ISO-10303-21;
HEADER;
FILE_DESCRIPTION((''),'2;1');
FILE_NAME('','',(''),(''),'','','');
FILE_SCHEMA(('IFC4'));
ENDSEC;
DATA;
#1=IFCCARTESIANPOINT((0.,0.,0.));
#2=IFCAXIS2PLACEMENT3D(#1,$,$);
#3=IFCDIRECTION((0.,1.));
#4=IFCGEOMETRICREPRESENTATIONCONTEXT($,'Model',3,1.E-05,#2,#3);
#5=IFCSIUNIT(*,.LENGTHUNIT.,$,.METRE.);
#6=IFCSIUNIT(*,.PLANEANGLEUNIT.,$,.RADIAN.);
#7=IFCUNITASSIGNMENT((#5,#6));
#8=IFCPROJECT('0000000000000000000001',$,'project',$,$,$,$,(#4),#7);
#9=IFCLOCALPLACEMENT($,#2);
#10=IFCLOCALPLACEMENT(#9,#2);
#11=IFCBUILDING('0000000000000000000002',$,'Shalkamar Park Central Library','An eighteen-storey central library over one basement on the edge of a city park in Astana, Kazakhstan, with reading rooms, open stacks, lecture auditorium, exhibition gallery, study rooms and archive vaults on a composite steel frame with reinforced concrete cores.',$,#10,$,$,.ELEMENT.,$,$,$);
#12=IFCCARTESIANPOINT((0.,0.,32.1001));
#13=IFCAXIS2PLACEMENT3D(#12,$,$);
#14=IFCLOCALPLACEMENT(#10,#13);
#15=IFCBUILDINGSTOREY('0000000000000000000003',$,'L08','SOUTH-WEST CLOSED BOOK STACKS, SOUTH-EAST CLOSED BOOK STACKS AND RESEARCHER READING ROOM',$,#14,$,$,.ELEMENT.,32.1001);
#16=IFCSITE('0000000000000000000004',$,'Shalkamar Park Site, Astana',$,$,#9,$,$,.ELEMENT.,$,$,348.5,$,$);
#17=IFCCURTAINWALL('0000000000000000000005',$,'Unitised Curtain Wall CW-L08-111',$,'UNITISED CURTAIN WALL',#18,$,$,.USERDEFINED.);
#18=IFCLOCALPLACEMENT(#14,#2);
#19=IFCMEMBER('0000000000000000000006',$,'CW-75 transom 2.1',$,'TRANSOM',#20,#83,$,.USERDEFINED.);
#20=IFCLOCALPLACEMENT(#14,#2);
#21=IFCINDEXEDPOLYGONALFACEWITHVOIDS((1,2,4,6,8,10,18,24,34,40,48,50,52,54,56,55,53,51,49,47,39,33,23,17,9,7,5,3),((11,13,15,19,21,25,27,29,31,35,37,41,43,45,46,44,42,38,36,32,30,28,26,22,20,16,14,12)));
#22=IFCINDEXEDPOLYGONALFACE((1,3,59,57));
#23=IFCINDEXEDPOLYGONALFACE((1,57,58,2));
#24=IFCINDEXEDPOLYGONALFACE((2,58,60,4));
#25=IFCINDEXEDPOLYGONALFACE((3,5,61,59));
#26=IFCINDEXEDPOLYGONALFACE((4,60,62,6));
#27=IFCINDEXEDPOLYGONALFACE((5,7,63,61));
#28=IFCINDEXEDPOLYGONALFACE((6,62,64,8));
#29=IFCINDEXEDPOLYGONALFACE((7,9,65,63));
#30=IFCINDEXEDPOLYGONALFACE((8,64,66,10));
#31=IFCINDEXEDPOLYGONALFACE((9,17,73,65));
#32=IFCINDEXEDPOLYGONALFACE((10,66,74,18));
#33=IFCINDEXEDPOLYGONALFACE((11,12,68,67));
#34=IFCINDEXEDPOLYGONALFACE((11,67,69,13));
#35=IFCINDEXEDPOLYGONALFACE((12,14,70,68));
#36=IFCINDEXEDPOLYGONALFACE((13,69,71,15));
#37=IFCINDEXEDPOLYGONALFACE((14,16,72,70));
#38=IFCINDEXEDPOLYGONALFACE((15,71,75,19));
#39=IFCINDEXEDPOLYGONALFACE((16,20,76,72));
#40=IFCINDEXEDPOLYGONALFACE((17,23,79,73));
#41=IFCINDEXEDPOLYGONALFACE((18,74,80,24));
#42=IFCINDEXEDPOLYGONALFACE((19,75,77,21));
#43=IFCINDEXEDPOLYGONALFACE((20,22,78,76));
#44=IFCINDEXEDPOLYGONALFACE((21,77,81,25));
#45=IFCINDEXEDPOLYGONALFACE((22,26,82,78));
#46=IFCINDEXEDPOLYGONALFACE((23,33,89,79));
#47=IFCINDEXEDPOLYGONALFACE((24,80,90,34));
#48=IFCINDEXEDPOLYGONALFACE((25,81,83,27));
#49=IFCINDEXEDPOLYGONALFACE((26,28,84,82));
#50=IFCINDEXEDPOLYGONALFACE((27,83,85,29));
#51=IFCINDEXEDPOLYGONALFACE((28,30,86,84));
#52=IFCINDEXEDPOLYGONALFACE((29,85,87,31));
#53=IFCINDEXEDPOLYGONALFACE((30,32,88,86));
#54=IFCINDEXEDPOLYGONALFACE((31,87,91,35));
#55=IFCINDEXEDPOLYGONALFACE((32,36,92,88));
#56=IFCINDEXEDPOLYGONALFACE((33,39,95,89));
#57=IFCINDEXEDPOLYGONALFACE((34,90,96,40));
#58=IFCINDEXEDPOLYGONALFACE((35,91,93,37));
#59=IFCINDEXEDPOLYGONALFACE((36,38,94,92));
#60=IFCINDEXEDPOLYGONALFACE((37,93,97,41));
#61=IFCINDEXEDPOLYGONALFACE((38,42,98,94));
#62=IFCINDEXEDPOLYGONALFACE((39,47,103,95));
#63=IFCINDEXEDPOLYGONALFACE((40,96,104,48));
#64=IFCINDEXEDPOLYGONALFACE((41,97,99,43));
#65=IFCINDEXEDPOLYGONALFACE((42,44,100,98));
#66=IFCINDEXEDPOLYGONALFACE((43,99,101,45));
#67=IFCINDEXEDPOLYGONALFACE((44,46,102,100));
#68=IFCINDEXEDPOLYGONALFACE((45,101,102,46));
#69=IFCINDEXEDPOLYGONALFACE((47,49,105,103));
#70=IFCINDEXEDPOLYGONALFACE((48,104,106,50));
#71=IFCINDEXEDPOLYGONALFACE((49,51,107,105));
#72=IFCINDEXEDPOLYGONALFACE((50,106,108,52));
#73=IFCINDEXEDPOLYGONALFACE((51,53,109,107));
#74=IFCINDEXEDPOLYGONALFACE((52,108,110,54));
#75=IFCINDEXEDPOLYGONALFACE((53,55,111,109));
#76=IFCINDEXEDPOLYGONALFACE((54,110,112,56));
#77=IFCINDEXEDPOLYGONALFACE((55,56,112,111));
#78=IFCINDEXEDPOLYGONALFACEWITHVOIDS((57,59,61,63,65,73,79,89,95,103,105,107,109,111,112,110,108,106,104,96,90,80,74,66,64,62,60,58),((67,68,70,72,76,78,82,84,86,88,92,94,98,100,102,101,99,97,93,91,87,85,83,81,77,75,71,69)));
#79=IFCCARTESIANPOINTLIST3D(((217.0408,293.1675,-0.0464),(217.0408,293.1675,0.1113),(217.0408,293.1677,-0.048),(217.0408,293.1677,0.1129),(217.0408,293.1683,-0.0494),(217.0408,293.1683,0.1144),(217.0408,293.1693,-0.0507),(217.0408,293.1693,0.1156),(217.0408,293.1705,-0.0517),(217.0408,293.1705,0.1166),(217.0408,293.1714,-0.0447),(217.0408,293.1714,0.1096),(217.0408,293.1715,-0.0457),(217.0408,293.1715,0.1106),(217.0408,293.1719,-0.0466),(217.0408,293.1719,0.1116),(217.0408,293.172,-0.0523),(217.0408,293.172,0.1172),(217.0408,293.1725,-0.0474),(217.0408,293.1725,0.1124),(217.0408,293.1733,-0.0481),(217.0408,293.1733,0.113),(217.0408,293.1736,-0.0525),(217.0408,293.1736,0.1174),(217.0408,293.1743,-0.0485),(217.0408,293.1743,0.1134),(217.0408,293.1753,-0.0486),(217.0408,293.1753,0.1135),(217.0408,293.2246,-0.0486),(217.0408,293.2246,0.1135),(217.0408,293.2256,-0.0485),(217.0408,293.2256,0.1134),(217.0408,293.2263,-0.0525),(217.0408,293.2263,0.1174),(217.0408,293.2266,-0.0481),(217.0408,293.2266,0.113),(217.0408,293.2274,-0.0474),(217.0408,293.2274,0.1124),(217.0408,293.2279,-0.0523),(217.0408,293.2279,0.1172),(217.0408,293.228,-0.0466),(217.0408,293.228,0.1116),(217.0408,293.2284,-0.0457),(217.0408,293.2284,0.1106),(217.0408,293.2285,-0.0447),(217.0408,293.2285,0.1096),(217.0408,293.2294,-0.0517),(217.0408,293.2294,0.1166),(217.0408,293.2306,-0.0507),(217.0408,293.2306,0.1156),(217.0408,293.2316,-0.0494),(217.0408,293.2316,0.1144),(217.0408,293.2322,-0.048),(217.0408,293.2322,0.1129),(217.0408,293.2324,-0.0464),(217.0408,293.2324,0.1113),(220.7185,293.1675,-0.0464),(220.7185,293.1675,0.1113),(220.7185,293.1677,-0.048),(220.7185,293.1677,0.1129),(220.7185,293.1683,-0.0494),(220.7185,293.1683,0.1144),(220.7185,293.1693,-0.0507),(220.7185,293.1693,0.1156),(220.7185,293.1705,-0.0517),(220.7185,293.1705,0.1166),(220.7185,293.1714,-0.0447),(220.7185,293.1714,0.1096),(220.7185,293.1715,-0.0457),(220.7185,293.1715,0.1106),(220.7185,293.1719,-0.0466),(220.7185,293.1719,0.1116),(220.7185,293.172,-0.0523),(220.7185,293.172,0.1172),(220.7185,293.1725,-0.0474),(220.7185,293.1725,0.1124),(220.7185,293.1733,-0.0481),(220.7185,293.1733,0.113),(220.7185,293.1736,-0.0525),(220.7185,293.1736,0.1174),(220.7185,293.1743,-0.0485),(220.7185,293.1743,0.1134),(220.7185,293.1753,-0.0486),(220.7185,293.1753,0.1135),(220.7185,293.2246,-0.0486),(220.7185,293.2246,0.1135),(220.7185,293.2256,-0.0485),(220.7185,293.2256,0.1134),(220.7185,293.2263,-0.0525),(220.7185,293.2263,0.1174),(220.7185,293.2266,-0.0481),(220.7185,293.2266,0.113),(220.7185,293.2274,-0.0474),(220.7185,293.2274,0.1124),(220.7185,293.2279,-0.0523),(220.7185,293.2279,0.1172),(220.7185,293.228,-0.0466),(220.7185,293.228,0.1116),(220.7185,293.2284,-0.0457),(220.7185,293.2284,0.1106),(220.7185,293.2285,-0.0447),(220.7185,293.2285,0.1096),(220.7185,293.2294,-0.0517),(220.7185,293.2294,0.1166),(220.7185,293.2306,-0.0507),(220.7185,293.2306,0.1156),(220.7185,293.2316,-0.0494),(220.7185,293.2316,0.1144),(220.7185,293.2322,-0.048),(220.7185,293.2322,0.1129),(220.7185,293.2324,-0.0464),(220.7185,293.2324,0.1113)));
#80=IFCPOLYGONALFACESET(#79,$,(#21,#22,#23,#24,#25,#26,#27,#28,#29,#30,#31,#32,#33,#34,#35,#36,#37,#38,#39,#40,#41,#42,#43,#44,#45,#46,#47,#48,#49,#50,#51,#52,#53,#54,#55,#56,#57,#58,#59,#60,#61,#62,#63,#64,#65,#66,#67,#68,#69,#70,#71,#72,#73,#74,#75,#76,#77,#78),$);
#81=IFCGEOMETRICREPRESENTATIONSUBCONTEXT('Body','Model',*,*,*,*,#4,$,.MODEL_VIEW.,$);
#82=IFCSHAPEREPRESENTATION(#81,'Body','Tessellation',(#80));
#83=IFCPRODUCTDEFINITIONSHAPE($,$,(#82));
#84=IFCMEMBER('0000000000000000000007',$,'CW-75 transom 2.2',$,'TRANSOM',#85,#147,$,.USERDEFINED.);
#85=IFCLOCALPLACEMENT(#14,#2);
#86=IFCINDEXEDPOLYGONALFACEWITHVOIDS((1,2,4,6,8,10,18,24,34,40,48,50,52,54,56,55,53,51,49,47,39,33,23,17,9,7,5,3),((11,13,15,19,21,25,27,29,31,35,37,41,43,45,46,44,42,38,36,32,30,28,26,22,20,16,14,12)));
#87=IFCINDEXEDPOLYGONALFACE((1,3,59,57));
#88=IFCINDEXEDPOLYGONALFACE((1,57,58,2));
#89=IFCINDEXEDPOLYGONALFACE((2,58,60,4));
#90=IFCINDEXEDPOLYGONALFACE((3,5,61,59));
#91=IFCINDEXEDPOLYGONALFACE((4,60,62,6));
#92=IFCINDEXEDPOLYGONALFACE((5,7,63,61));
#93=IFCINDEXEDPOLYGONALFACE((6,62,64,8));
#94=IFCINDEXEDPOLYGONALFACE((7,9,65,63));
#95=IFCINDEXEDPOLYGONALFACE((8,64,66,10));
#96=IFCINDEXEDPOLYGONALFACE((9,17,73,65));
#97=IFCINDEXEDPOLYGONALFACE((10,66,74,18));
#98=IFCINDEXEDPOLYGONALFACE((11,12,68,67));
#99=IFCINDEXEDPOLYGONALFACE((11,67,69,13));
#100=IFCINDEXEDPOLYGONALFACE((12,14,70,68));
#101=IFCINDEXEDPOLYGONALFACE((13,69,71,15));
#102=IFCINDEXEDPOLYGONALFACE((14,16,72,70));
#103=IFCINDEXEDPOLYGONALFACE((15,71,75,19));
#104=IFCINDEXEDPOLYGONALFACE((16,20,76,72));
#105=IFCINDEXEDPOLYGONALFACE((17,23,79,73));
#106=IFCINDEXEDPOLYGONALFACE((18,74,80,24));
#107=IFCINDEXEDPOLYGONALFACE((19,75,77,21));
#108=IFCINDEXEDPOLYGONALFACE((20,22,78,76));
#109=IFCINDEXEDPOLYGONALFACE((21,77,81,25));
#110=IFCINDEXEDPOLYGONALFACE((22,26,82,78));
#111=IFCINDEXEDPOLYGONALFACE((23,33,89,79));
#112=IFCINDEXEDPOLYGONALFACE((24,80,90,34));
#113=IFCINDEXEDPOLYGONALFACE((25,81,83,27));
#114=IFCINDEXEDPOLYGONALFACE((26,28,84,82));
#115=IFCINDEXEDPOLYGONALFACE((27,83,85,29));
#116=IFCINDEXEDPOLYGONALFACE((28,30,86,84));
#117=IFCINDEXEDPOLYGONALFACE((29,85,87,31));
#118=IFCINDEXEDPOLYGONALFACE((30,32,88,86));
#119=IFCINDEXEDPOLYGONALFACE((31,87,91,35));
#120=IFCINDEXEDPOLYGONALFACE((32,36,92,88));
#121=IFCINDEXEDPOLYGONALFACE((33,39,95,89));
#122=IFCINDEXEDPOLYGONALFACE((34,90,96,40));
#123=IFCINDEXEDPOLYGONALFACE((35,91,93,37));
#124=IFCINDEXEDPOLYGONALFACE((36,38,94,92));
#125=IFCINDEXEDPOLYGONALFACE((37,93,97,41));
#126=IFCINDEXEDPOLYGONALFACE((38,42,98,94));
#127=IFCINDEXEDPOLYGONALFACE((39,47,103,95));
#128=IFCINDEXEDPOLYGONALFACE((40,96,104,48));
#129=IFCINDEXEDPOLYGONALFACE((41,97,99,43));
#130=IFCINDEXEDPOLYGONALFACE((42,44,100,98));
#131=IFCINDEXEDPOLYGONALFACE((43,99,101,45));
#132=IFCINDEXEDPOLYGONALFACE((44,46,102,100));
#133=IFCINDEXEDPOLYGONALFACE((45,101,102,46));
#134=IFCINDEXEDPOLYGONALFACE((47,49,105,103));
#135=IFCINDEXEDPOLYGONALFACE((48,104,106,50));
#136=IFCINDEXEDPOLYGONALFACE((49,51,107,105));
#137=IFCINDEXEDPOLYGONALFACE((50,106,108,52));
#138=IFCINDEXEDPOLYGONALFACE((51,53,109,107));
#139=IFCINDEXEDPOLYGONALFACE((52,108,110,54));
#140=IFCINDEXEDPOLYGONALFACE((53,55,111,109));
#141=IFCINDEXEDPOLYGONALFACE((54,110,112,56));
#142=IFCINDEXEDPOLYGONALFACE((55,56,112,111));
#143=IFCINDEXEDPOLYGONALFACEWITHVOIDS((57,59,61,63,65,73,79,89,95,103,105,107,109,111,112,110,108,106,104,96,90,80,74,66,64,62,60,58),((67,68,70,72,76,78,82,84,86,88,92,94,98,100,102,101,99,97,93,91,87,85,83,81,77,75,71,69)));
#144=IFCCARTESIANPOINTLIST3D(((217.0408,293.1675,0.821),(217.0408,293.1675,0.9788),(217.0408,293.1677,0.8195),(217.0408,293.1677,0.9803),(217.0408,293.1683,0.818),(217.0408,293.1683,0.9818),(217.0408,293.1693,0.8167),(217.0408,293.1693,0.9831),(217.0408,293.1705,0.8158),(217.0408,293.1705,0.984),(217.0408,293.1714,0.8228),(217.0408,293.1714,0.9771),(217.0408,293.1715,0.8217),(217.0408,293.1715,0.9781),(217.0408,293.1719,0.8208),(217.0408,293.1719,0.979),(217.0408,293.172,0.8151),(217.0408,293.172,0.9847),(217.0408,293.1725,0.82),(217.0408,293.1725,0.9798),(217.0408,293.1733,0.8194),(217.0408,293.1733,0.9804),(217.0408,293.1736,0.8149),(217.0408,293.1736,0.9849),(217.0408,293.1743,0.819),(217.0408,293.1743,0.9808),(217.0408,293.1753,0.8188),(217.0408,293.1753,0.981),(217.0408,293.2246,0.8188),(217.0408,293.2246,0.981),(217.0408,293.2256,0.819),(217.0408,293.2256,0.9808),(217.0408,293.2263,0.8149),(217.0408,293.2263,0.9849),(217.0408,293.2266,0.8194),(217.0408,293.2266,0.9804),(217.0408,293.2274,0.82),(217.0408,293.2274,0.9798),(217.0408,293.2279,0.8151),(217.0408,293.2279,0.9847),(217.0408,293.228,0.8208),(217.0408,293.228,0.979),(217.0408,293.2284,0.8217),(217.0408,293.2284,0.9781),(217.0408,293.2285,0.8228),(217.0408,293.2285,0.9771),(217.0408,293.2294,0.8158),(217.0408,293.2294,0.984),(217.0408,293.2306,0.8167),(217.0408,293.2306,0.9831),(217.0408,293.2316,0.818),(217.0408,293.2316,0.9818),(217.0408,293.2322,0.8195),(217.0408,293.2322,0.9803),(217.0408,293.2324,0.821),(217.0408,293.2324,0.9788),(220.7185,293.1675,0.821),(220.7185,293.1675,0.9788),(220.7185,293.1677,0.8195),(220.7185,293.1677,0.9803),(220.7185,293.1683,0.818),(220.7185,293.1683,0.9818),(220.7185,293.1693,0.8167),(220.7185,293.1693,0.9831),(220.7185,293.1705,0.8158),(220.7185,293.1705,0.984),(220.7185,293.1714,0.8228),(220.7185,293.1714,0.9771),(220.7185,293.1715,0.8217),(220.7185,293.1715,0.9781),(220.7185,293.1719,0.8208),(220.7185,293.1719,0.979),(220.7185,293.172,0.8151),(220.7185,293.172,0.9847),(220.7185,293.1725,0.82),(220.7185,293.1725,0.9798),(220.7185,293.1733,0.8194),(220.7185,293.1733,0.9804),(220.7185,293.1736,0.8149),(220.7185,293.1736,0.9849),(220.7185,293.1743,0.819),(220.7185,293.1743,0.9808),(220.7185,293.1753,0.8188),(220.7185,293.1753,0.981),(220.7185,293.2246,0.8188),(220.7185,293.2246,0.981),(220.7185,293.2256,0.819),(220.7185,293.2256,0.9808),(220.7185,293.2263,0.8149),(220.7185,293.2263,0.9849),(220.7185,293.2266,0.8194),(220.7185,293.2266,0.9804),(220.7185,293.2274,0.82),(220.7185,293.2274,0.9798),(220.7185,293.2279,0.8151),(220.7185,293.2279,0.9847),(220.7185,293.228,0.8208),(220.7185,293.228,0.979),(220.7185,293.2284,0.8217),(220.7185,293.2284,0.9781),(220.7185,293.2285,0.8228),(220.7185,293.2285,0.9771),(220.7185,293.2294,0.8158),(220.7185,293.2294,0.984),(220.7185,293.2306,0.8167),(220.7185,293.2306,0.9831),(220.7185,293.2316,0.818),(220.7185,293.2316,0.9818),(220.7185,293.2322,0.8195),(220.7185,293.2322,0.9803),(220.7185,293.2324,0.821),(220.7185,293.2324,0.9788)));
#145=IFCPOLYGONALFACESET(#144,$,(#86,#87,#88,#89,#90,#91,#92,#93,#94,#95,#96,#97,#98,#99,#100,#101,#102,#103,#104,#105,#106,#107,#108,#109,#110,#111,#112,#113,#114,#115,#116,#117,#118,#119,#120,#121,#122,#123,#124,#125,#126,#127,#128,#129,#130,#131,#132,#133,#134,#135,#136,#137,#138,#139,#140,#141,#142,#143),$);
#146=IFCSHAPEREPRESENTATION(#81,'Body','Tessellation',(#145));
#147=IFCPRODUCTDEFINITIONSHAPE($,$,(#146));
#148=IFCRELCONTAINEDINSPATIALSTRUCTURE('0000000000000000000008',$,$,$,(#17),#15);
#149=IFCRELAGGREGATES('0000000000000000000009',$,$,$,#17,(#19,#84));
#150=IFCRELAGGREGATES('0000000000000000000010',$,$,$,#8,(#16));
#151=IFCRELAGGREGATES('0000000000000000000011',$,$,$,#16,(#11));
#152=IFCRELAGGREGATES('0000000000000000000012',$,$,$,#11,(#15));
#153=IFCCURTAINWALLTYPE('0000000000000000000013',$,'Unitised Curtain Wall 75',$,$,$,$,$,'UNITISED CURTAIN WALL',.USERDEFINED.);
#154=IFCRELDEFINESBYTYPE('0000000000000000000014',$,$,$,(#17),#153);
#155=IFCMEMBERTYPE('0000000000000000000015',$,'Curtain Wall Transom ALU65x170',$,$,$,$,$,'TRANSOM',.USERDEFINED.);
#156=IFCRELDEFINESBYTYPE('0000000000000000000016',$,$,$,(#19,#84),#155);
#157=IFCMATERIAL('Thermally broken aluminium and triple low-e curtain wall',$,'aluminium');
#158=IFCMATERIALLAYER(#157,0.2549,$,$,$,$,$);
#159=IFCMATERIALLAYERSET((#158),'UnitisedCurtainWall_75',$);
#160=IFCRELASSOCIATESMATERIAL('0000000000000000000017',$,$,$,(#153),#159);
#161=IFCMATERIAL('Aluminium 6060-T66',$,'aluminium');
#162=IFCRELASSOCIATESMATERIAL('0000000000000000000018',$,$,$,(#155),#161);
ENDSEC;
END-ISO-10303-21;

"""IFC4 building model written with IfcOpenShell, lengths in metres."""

from ifc_helpers import new_model, si_unit, direction, frame, origin, origin_2d, place, context, subcontext, project, spatial, hollow_rectangle, extrude, material, layer, layer_set, material_profile, profile_set, type_object, element, aggregate, save


model = new_model("IFC4")

# Units and contexts
model_context = context("Model", 3, precision=1e-05, world=origin(), true_north=direction((0.0, 1.0)))
body_context = subcontext(model_context, "Body", "Model", "MODEL_VIEW")
ifc_project = project(units=[si_unit("LENGTHUNIT", "METRE"), si_unit("PLANEANGLEUNIT", "RADIAN")], contexts=[model_context])

# Site, building, storey
site_placement = place(None, origin())
site = spatial("IfcSite", under=ifc_project, at=site_placement, Name="Shalkamar Park Site, Astana", CompositionType="ELEMENT", RefElevation=348.5)
building_placement = place(site_placement, origin())
building = spatial("IfcBuilding", under=site, at=building_placement, Name="Shalkamar Park Central Library", Description="An eighteen-storey central library over one basement on the edge of a city park in Astana, Kazakhstan, with reading rooms, open stacks, lecture auditorium, exhibition gallery, study rooms and archive vaults on a composite steel frame with reinforced concrete cores.", CompositionType="ELEMENT")
storey_placement = place(building_placement, frame((0.0, 0.0, 32.1001)))
storey = spatial("IfcBuildingStorey", under=building, at=storey_placement, Name="L08", Description="SOUTH-WEST CLOSED BOOK STACKS, SOUTH-EAST CLOSED BOOK STACKS AND RESEARCHER READING ROOM", CompositionType="ELEMENT", Elevation=32.1001)

# Shared definitions
ifc_material_1 = material(Name="Thermally broken aluminium and triple low-e curtain wall", Category="aluminium")
ifc_material_2 = material(Name="Aluminium 6060-T66", Category="aluminium")

# Curtain wall
ifc_layer_1 = layer(ifc_material_1, 0.2549)
ifc_layer_set_1 = layer_set([ifc_layer_1], Name="UnitisedCurtainWall_75")
curtain_wall_type_1 = type_object("IfcCurtainWallType", Name="Unitised Curtain Wall 75", ElementType="UNITISED CURTAIN WALL", PredefinedType="USERDEFINED", material=ifc_layer_set_1)
curtain_wall_1_placement = place(storey_placement, origin())
curtain_wall_1 = element("IfcCurtainWall", 1, at=curtain_wall_1_placement, inside=storey, type_object=curtain_wall_type_1, Name="Unitised Curtain Wall CW-L08-111", ObjectType="UNITISED CURTAIN WALL", PredefinedType="USERDEFINED")

# Members
ifc_material_profile_1 = material_profile(ifc_material_2, hollow_rectangle(XDim=0.0649, YDim=0.1699, WallThickness=0.0039, InnerFilletRadius=0.0039, OuterFilletRadius=0.0061, at=origin_2d()), Name="ALU 65x170x4")
ifc_profile_set_1 = profile_set([ifc_material_profile_1], Name="Aluminium 6060-T66")
member_type_1 = type_object("IfcMemberType", Name="Curtain Wall Transom ALU65x170", ElementType="TRANSOM", PredefinedType="USERDEFINED", material=ifc_profile_set_1)
member_1_placement = place(storey_placement, frame((217.0408, 293.2, 0.0325), z_axis=(1.0, 0.0, 0.0), x_axis=(0.0, 1.0, 0.0)))
member_1 = element("IfcMember", 2, at=member_1_placement, type_object=member_type_1, Name="CW-75 transom 2.1", ObjectType="TRANSOM", PredefinedType="USERDEFINED", context=body_context, shape_type="SweptSolid", body=[
    extrude(hollow_rectangle(XDim=0.0649, YDim=0.1699, WallThickness=0.0039, InnerFilletRadius=0.0039, OuterFilletRadius=0.0061, at=origin_2d()), origin(), (0.0, 0.0, 1.0), 3.6777),
])
member_2_placement = place(storey_placement, frame((217.0408, 293.2, 0.8999), z_axis=(1.0, 0.0, 0.0), x_axis=(0.0, 1.0, 0.0)))
member_2 = element("IfcMember", 3, at=member_2_placement, type_object=member_type_1, Name="CW-75 transom 2.2", ObjectType="TRANSOM", PredefinedType="USERDEFINED", context=body_context, shape_type="SweptSolid", body=[
    extrude(hollow_rectangle(XDim=0.0649, YDim=0.1699, WallThickness=0.0039, InnerFilletRadius=0.0039, OuterFilletRadius=0.0061, at=origin_2d()), origin(), (0.0, 0.0, 1.0), 3.6777),
])

aggregate(curtain_wall_1, [member_1, member_2])

save(model, "model.ifc")
